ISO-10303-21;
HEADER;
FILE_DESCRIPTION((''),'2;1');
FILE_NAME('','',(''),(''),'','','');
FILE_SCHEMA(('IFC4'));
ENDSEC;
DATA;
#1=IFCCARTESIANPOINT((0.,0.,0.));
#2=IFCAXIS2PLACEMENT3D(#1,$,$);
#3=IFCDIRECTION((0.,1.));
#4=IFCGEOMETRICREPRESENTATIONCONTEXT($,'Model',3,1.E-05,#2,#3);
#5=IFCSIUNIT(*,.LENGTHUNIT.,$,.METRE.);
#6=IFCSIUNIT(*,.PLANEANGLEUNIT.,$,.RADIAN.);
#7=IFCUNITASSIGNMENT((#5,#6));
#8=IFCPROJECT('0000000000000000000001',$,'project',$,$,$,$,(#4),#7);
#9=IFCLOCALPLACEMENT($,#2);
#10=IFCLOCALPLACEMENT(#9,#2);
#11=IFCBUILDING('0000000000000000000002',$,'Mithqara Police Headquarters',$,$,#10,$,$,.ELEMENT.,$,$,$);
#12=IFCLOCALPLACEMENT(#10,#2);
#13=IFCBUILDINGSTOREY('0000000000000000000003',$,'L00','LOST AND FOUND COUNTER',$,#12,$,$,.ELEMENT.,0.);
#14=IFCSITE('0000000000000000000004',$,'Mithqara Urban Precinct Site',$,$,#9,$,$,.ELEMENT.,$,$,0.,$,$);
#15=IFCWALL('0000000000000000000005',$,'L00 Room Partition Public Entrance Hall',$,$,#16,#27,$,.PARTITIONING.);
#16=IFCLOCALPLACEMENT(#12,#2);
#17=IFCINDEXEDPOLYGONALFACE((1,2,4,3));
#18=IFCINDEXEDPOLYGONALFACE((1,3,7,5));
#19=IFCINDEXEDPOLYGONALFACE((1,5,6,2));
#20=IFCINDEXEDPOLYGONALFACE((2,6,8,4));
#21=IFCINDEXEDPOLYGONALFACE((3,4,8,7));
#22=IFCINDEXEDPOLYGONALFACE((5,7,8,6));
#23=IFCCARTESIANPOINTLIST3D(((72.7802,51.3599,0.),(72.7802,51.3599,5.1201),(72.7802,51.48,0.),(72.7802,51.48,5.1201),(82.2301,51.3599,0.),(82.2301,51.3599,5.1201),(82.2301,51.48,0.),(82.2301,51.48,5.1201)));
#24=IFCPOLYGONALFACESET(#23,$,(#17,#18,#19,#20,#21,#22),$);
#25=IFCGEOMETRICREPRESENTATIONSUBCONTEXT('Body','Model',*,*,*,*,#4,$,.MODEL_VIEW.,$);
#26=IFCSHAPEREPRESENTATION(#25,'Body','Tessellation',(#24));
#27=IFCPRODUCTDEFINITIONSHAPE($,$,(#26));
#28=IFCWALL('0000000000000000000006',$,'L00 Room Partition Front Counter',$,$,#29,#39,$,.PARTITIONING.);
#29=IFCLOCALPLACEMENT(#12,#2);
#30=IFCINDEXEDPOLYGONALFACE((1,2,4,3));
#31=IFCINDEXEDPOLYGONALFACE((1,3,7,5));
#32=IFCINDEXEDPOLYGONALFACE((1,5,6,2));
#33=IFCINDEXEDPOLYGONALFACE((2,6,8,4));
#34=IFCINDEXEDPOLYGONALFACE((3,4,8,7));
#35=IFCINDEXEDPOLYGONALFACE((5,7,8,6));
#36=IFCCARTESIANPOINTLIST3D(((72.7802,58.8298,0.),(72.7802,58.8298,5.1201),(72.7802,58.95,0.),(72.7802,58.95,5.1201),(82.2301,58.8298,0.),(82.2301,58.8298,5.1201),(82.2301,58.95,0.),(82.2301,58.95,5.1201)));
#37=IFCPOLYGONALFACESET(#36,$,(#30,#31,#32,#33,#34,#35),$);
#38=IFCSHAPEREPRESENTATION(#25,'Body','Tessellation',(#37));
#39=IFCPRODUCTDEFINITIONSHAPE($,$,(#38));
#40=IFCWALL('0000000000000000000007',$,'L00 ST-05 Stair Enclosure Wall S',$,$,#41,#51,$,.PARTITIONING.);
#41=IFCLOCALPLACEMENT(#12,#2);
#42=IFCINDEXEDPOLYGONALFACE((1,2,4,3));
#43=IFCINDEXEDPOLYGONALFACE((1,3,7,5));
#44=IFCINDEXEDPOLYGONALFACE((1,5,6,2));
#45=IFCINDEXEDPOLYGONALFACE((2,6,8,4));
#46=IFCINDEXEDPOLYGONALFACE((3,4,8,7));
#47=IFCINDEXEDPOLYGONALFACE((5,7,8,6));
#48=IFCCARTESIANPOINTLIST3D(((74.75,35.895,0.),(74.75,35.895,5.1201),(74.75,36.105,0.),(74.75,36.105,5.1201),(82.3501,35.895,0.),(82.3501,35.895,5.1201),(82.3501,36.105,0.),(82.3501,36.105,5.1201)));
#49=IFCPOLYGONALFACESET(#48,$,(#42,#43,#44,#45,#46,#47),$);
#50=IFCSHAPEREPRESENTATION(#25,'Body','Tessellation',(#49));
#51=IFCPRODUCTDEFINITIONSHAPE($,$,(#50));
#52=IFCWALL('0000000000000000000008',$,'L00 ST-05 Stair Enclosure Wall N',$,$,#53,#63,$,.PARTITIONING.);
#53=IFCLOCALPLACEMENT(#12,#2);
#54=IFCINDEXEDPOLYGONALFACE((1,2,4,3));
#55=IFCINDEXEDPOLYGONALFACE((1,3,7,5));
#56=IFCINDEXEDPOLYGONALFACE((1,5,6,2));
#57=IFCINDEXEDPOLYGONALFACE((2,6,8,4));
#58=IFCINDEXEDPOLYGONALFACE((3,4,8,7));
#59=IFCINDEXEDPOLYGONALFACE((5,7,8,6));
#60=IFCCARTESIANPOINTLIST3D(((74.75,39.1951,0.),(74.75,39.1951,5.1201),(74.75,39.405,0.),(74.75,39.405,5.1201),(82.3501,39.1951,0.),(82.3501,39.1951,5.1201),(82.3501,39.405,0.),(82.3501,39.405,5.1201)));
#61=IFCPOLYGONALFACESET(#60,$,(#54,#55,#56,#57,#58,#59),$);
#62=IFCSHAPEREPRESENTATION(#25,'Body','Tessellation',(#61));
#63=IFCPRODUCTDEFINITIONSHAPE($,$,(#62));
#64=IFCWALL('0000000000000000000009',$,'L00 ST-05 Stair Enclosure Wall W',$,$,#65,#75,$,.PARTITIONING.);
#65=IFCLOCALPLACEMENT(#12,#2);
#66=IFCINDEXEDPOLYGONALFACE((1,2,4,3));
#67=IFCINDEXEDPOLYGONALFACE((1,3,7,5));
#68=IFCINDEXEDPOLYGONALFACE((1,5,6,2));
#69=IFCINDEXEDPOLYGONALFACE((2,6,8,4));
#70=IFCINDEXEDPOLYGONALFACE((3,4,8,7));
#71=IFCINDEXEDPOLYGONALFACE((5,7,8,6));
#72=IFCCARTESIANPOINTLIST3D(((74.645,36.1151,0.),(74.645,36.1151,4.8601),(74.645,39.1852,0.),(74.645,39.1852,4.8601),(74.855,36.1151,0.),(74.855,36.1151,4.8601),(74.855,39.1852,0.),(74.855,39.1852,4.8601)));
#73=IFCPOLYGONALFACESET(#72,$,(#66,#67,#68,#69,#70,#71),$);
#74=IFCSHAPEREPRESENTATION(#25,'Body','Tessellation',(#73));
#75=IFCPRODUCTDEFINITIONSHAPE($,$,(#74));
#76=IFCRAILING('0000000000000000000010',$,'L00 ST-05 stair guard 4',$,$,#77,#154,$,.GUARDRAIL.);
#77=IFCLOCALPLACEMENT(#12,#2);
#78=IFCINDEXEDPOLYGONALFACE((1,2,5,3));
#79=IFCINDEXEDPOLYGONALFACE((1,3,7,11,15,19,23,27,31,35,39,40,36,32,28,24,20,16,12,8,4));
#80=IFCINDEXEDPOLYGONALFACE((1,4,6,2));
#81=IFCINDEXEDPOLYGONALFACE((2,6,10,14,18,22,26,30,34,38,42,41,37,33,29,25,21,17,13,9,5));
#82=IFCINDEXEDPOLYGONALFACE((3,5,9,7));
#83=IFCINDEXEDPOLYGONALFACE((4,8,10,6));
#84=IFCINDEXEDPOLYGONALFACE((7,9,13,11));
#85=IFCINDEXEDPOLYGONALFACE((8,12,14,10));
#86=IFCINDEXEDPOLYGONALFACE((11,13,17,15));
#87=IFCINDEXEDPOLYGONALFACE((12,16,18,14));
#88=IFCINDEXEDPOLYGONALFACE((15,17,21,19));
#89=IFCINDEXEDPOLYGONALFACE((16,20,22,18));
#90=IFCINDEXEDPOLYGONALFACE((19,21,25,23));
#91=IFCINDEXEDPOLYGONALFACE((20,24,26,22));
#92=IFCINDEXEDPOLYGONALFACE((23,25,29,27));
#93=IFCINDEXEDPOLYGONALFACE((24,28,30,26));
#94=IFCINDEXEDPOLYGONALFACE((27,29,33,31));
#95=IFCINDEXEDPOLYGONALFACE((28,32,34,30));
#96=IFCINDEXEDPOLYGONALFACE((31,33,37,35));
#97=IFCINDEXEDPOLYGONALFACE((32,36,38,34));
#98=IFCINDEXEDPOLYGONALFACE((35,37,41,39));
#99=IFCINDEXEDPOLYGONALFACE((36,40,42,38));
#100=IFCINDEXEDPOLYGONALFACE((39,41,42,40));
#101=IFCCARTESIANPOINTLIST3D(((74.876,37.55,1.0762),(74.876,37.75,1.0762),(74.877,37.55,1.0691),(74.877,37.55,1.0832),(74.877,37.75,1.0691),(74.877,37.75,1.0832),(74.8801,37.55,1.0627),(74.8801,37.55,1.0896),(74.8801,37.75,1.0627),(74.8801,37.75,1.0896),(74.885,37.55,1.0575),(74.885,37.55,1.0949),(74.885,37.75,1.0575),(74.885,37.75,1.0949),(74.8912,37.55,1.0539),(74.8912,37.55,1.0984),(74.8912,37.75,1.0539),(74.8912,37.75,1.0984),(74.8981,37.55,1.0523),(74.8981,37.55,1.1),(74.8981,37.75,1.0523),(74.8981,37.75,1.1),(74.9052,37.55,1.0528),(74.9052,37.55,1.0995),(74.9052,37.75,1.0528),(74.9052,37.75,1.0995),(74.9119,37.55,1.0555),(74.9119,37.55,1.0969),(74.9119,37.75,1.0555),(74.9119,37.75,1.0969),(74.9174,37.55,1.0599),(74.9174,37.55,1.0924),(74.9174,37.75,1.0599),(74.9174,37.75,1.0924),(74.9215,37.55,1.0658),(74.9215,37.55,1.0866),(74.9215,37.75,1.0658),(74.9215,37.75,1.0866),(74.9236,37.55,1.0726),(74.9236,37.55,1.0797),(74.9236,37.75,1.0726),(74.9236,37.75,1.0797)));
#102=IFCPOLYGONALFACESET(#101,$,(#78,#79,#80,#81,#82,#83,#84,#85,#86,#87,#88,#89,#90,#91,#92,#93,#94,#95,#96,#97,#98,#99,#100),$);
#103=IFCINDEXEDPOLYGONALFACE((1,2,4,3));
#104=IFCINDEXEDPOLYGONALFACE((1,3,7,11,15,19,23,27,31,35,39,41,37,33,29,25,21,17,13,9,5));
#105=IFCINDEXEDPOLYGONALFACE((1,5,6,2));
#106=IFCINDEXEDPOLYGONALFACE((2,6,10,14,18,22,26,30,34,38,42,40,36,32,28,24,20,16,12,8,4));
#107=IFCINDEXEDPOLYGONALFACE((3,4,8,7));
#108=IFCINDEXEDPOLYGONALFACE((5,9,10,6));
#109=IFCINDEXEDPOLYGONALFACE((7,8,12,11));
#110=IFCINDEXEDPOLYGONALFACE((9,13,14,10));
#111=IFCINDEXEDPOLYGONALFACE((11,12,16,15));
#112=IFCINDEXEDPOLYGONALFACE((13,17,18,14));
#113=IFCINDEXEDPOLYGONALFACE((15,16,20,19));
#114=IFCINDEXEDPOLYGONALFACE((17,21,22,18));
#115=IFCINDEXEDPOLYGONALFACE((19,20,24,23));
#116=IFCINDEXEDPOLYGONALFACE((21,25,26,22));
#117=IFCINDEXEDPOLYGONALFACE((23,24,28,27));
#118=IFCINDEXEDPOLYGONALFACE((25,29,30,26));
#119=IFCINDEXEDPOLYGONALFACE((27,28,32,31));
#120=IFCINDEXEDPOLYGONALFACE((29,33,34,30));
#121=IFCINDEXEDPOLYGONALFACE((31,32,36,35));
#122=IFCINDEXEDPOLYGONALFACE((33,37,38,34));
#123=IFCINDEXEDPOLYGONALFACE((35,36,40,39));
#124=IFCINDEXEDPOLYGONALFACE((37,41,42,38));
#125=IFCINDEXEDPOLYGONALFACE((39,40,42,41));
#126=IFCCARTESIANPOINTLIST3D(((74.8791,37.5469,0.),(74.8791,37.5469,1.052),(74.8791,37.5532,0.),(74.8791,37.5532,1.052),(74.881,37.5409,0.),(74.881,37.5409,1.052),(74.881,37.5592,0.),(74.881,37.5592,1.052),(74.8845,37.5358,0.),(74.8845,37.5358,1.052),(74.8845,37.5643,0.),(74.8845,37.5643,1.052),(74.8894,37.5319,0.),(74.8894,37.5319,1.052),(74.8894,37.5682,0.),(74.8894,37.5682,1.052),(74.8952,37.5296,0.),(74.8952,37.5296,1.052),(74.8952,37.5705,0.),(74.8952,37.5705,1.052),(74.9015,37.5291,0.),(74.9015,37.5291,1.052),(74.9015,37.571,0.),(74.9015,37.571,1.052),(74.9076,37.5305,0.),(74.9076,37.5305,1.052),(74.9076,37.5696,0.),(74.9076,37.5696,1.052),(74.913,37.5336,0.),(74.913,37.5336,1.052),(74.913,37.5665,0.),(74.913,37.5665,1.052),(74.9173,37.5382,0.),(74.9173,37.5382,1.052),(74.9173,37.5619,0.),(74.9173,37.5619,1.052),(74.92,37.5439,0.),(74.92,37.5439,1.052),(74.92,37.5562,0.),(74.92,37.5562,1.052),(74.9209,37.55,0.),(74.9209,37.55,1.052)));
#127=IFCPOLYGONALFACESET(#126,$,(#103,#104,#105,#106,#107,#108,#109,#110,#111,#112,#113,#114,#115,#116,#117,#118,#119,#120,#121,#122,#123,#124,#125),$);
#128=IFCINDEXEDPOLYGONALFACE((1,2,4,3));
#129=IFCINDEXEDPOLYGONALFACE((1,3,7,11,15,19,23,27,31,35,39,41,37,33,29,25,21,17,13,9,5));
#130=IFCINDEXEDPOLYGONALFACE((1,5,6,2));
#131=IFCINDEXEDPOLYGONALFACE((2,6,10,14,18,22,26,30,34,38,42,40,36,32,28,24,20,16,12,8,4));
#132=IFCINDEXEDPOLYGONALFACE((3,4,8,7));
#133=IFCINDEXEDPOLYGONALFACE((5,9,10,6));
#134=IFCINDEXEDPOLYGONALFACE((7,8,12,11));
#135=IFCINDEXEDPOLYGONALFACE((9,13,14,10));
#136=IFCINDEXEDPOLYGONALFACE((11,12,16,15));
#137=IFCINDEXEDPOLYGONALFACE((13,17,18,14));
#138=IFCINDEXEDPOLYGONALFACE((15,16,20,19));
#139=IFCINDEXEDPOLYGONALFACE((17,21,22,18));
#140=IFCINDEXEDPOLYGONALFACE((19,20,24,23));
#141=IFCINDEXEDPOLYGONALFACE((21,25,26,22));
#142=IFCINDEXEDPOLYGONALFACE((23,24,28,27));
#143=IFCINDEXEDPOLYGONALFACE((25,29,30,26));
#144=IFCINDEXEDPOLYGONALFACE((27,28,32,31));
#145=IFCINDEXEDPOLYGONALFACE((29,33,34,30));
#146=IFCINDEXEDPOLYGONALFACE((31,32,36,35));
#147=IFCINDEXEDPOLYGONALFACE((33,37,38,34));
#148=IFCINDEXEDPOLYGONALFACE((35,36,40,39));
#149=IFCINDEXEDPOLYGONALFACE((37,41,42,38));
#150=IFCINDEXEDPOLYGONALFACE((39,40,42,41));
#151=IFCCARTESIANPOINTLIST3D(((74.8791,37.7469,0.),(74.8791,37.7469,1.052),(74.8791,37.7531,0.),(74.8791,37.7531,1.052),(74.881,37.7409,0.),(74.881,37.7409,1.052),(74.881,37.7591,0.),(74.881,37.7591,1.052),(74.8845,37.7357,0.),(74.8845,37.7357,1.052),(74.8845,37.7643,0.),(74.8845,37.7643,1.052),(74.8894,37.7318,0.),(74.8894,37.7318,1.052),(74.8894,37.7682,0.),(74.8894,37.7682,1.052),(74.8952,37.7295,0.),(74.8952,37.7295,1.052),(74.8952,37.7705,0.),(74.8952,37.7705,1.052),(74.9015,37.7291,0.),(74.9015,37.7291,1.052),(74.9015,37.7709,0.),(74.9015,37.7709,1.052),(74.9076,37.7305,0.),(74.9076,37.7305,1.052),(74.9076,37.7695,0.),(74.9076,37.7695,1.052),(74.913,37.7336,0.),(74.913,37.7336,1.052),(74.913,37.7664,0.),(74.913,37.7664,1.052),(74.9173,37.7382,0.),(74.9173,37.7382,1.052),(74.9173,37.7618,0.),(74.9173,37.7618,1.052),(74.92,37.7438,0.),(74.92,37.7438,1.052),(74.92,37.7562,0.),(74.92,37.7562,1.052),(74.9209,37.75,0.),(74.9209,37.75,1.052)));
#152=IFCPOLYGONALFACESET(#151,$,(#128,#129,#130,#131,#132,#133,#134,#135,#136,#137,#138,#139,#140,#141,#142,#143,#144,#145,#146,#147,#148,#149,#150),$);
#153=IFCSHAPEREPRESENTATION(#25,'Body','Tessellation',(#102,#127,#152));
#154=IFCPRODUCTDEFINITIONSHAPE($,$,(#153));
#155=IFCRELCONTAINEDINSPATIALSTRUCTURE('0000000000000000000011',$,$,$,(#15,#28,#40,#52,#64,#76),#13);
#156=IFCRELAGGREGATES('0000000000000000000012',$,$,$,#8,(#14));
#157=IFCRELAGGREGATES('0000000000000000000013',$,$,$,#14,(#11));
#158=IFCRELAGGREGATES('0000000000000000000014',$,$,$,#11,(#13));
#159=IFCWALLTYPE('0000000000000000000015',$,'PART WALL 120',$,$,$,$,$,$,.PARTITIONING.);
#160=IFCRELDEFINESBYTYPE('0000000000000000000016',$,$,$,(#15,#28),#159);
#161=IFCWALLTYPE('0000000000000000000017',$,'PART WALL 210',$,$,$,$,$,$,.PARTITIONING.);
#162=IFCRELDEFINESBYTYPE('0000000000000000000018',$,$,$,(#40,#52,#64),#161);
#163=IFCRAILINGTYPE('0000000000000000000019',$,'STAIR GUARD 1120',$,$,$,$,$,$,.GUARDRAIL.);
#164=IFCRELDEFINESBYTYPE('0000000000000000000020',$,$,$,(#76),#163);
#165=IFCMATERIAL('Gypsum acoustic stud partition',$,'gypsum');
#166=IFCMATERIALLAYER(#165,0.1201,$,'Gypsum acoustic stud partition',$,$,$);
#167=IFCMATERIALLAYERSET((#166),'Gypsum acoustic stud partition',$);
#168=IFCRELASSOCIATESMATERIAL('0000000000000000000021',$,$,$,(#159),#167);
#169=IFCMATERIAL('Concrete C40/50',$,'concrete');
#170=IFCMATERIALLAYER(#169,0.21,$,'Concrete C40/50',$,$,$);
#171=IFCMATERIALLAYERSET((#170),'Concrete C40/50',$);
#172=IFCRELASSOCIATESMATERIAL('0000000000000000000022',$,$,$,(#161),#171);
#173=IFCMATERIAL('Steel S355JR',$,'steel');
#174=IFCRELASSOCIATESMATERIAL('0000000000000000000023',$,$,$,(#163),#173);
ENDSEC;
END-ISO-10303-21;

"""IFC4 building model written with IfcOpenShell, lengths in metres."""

from ifc_helpers import new_model, si_unit, direction, frame, frame_2d, origin, origin_2d, place, context, subcontext, project, spatial, rectangle, circle, extrude, material, layer, layer_set, type_object, element, save


model = new_model("IFC4")

# Units and contexts
model_context = context("Model", 3, precision=1e-05, world=origin(), true_north=direction((0.0, 1.0)))
body_context = subcontext(model_context, "Body", "Model", "MODEL_VIEW")
ifc_project = project(units=[si_unit("LENGTHUNIT", "METRE"), si_unit("PLANEANGLEUNIT", "RADIAN")], contexts=[model_context])

# Site, building, storey
site_placement = place(None, origin())
site = spatial("IfcSite", under=ifc_project, at=site_placement, Name="Mithqara Urban Precinct Site", CompositionType="ELEMENT", RefElevation=0.0)
building_placement = place(site_placement, origin())
building = spatial("IfcBuilding", under=site, at=building_placement, Name="Mithqara Police Headquarters", CompositionType="ELEMENT")
storey_placement = place(building_placement, origin())
storey = spatial("IfcBuildingStorey", under=building, at=storey_placement, Name="L00", Description="LOST AND FOUND COUNTER", CompositionType="ELEMENT", Elevation=0.0)

# Shared definitions
ifc_material_1 = material(Name="Concrete C40/50", Category="concrete")

# Walls
ifc_material_2 = material(Name="Gypsum acoustic stud partition", Category="gypsum")
ifc_layer_1 = layer(ifc_material_2, 0.1201, Name="Gypsum acoustic stud partition")
ifc_layer_set_1 = layer_set([ifc_layer_1], Name="Gypsum acoustic stud partition")
wall_type_1 = type_object("IfcWallType", Name="PART WALL 120", PredefinedType="PARTITIONING", material=ifc_layer_set_1)
for number, where, z_axis, x_axis, name in (
    (1, (72.78, 51.4199, 0.0), (0.0, 0.0, 1.0), (1.0, 0.0, 0.0), "L00 Room Partition Public Entrance Hall"),
    (2, (72.78, 58.8899, 0.0), (0.0, 0.0, 1.0), (1.0, 0.0, 0.0), "L00 Room Partition Front Counter"),
):
    element("IfcWall", number, at=place(storey_placement, frame(where, z_axis=z_axis, x_axis=x_axis)), inside=storey, type_object=wall_type_1, Name=name, PredefinedType="PARTITIONING", context=body_context, shape_type="SweptSolid", body=[
        extrude(rectangle(XDim=9.45, YDim=0.1201, at=frame_2d((4.7251, 0.0))), origin(), (0.0, 0.0, 1.0), 5.1201),
    ])
ifc_layer_2 = layer(ifc_material_1, 0.21, Name="Concrete C40/50")
ifc_layer_set_2 = layer_set([ifc_layer_2], Name="Concrete C40/50")
wall_type_2 = type_object("IfcWallType", Name="PART WALL 210", PredefinedType="PARTITIONING", material=ifc_layer_set_2)
for number, where, z_axis, x_axis, name in (
    (3, (74.75, 36.0, 0.0), (0.0, 0.0, 1.0), (1.0, 0.0, 0.0), "L00 ST-05 Stair Enclosure Wall S"),
    (4, (74.75, 39.3, 0.0), (0.0, 0.0, 1.0), (1.0, 0.0, 0.0), "L00 ST-05 Stair Enclosure Wall N"),
):
    element("IfcWall", number, at=place(storey_placement, frame(where, z_axis=z_axis, x_axis=x_axis)), inside=storey, type_object=wall_type_2, Name=name, PredefinedType="PARTITIONING", context=body_context, shape_type="SweptSolid", body=[
        extrude(rectangle(XDim=7.6001, YDim=0.21, at=frame_2d((3.8, 0.0))), origin(), (0.0, 0.0, 1.0), 5.1201),
    ])
wall_1_placement = place(storey_placement, frame((74.75, 36.115, 0.0), z_axis=(0.0, 0.0, 1.0), x_axis=(0.0, 1.0, 0.0)))
element("IfcWall", 5, at=wall_1_placement, inside=storey, type_object=wall_type_2, Name="L00 ST-05 Stair Enclosure Wall W", PredefinedType="PARTITIONING", context=body_context, shape_type="SweptSolid", body=[
    extrude(rectangle(XDim=3.0701, YDim=0.21, at=frame_2d((1.5352, 0.0))), origin(), (0.0, 0.0, 1.0), 4.8601),
])

# Railing
ifc_material_3 = material(Name="Steel S355JR", Category="steel")
railing_type = type_object("IfcRailingType", Name="STAIR GUARD 1120", PredefinedType="GUARDRAIL", material=ifc_material_3)
railing_placement = place(storey_placement, frame((74.8999, 37.55, 0.0)))
element("IfcRailing", 6, at=railing_placement, inside=storey, type_object=railing_type, Name="L00 ST-05 stair guard 4", PredefinedType="GUARDRAIL", context=body_context, shape_type="SweptSolid", body=[
    extrude(circle(Radius=0.0239, at=origin_2d()), frame((0.0, 0.0, 1.0762), z_axis=(0.0, 1.0, 0.0), x_axis=(-1.0, 0.0, 0.0)), (0.0, 0.0, 1.0), 0.2),
    extrude(circle(Radius=0.021, at=origin_2d()), origin(), (0.0, 0.0, 1.0), 1.052),
    extrude(circle(Radius=0.021, at=origin_2d()), frame((0.0, 0.2, 0.0)), (0.0, 0.0, 1.0), 1.052),
])

save(model, "model.ifc")
